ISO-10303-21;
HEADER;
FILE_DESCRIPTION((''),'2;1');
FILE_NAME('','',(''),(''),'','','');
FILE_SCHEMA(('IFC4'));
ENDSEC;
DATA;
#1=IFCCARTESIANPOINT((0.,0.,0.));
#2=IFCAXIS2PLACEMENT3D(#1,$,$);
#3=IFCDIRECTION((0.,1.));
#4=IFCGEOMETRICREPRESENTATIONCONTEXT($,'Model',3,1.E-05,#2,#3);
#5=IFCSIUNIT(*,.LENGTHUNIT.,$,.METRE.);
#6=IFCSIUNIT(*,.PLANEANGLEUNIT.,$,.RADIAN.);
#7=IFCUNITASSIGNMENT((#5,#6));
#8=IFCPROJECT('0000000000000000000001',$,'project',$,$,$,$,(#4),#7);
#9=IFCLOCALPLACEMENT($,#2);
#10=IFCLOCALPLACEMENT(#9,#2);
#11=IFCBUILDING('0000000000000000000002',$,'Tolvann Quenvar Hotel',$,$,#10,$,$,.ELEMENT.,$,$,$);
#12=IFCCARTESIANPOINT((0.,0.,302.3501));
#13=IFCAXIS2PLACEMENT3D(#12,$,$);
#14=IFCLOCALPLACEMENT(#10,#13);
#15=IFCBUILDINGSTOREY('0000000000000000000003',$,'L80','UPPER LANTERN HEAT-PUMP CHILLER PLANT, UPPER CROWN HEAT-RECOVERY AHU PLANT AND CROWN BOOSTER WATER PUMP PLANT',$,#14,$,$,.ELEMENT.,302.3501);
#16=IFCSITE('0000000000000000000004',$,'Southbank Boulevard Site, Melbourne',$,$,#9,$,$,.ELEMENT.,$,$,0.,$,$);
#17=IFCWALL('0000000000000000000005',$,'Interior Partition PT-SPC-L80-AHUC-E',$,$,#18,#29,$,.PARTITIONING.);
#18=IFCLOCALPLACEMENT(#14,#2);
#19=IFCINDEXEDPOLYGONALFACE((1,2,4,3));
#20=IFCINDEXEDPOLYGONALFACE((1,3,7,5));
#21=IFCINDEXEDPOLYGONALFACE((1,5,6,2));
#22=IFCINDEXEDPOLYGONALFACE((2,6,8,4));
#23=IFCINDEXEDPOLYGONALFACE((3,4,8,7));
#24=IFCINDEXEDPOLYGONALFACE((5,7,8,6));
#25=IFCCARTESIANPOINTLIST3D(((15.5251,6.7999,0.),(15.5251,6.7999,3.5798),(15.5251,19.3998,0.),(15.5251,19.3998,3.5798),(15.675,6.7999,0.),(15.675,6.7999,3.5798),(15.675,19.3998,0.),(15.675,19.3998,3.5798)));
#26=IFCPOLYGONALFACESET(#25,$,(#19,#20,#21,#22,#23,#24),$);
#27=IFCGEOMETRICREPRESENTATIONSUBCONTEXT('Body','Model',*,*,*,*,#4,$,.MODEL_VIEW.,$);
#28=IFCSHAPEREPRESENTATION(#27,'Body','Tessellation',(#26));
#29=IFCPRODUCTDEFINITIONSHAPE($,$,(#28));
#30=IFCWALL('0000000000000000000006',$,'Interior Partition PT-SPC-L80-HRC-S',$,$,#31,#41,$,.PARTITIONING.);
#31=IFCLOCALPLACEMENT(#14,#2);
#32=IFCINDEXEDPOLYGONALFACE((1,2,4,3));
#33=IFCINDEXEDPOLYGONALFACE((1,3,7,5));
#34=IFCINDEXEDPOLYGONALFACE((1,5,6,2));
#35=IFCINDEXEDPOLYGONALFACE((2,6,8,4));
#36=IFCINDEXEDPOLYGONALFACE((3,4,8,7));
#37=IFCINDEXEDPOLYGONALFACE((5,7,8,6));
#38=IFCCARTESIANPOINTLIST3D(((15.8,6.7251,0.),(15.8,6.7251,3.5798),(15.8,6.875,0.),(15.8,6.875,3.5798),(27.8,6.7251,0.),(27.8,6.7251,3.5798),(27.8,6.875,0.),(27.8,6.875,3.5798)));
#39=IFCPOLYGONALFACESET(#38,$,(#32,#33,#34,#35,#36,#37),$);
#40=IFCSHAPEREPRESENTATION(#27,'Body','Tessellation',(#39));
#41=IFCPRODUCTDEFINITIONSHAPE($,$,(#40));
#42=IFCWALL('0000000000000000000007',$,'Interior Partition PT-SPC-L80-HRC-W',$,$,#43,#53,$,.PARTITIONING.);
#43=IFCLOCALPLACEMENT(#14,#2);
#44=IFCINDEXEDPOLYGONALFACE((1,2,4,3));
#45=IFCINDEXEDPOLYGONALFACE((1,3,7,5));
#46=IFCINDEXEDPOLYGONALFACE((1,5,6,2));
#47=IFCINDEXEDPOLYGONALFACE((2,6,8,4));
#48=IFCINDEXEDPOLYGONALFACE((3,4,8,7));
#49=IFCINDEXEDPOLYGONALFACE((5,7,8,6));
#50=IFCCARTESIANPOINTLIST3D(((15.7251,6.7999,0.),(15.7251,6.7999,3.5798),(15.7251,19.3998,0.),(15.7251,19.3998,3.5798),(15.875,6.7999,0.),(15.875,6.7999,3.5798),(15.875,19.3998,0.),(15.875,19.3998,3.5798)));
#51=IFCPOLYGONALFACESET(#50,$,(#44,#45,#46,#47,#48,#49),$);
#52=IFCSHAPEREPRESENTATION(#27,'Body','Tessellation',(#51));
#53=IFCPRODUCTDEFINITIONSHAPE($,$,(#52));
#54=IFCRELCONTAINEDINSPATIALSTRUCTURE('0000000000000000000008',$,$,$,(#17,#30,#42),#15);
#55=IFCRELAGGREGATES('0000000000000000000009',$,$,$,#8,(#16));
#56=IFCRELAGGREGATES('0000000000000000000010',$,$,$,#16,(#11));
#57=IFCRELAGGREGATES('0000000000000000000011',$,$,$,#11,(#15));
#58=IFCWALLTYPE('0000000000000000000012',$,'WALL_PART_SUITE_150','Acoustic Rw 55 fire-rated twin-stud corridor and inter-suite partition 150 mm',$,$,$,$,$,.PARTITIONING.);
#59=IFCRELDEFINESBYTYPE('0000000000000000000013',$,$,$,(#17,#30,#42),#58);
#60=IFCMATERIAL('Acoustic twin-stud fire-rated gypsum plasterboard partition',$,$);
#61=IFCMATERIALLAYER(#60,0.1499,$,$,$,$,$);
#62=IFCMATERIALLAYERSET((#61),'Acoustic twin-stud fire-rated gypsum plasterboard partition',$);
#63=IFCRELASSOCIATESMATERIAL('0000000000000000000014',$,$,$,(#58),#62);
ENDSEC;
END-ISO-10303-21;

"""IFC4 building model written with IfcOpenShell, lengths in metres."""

from ifc_helpers import new_model, si_unit, direction, frame, frame_2d, origin, place, context, subcontext, project, spatial, rectangle, extrude, material, layer, layer_set, type_object, element, save


model = new_model("IFC4")

# Units and contexts
model_context = context("Model", 3, precision=1e-05, world=origin(), true_north=direction((0.0, 1.0)))
body_context = subcontext(model_context, "Body", "Model", "MODEL_VIEW")
ifc_project = project(units=[si_unit("LENGTHUNIT", "METRE"), si_unit("PLANEANGLEUNIT", "RADIAN")], contexts=[model_context])

# Site, building, storey
site_placement = place(None, origin())
site = spatial("IfcSite", under=ifc_project, at=site_placement, Name="Southbank Boulevard Site, Melbourne", CompositionType="ELEMENT", RefElevation=0.0)
building_placement = place(site_placement, origin())
building = spatial("IfcBuilding", under=site, at=building_placement, Name="Tolvann Quenvar Hotel", CompositionType="ELEMENT")
storey_placement = place(building_placement, frame((0.0, 0.0, 302.3501)))
storey = spatial("IfcBuildingStorey", under=building, at=storey_placement, Name="L80", Description="UPPER LANTERN HEAT-PUMP CHILLER PLANT, UPPER CROWN HEAT-RECOVERY AHU PLANT AND CROWN BOOSTER WATER PUMP PLANT", CompositionType="ELEMENT", Elevation=302.3501)

# Walls
ifc_material_1 = material(Name="Acoustic twin-stud fire-rated gypsum plasterboard partition")
ifc_layer_1 = layer(ifc_material_1, 0.1499)
ifc_layer_set_1 = layer_set([ifc_layer_1], Name="Acoustic twin-stud fire-rated gypsum plasterboard partition")
wall_type = type_object("IfcWallType", Name="WALL_PART_SUITE_150", Description="Acoustic Rw 55 fire-rated twin-stud corridor and inter-suite partition 150 mm", PredefinedType="PARTITIONING", material=ifc_layer_set_1)
wall_1_placement = place(storey_placement, frame((15.6001, 6.8, 0.0), z_axis=(0.0, 0.0, 1.0), x_axis=(0.0, 1.0, 0.0)))
element("IfcWall", 1, at=wall_1_placement, inside=storey, type_object=wall_type, Name="Interior Partition PT-SPC-L80-AHUC-E", PredefinedType="PARTITIONING", context=body_context, shape_type="SweptSolid", body=[
    extrude(rectangle(XDim=12.5999, YDim=0.1499, at=frame_2d((6.2998, 0.0))), origin(), (0.0, 0.0, 1.0), 3.5798),
])
wall_2_placement = place(storey_placement, frame((15.8, 6.8, 0.0), z_axis=(0.0, 0.0, 1.0), x_axis=(1.0, 0.0, 0.0)))
element("IfcWall", 2, at=wall_2_placement, inside=storey, type_object=wall_type, Name="Interior Partition PT-SPC-L80-HRC-S", PredefinedType="PARTITIONING", context=body_context, shape_type="SweptSolid", body=[
    extrude(rectangle(XDim=12.0, YDim=0.1499, at=frame_2d((6.0, 0.0))), origin(), (0.0, 0.0, 1.0), 3.5798),
])
wall_3_placement = place(storey_placement, frame((15.8, 6.8, 0.0), z_axis=(0.0, 0.0, 1.0), x_axis=(0.0, 1.0, 0.0)))
element("IfcWall", 3, at=wall_3_placement, inside=storey, type_object=wall_type, Name="Interior Partition PT-SPC-L80-HRC-W", PredefinedType="PARTITIONING", context=body_context, shape_type="SweptSolid", body=[
    extrude(rectangle(XDim=12.5999, YDim=0.1499, at=frame_2d((6.2998, 0.0))), origin(), (0.0, 0.0, 1.0), 3.5798),
])

save(model, "model.ifc")
